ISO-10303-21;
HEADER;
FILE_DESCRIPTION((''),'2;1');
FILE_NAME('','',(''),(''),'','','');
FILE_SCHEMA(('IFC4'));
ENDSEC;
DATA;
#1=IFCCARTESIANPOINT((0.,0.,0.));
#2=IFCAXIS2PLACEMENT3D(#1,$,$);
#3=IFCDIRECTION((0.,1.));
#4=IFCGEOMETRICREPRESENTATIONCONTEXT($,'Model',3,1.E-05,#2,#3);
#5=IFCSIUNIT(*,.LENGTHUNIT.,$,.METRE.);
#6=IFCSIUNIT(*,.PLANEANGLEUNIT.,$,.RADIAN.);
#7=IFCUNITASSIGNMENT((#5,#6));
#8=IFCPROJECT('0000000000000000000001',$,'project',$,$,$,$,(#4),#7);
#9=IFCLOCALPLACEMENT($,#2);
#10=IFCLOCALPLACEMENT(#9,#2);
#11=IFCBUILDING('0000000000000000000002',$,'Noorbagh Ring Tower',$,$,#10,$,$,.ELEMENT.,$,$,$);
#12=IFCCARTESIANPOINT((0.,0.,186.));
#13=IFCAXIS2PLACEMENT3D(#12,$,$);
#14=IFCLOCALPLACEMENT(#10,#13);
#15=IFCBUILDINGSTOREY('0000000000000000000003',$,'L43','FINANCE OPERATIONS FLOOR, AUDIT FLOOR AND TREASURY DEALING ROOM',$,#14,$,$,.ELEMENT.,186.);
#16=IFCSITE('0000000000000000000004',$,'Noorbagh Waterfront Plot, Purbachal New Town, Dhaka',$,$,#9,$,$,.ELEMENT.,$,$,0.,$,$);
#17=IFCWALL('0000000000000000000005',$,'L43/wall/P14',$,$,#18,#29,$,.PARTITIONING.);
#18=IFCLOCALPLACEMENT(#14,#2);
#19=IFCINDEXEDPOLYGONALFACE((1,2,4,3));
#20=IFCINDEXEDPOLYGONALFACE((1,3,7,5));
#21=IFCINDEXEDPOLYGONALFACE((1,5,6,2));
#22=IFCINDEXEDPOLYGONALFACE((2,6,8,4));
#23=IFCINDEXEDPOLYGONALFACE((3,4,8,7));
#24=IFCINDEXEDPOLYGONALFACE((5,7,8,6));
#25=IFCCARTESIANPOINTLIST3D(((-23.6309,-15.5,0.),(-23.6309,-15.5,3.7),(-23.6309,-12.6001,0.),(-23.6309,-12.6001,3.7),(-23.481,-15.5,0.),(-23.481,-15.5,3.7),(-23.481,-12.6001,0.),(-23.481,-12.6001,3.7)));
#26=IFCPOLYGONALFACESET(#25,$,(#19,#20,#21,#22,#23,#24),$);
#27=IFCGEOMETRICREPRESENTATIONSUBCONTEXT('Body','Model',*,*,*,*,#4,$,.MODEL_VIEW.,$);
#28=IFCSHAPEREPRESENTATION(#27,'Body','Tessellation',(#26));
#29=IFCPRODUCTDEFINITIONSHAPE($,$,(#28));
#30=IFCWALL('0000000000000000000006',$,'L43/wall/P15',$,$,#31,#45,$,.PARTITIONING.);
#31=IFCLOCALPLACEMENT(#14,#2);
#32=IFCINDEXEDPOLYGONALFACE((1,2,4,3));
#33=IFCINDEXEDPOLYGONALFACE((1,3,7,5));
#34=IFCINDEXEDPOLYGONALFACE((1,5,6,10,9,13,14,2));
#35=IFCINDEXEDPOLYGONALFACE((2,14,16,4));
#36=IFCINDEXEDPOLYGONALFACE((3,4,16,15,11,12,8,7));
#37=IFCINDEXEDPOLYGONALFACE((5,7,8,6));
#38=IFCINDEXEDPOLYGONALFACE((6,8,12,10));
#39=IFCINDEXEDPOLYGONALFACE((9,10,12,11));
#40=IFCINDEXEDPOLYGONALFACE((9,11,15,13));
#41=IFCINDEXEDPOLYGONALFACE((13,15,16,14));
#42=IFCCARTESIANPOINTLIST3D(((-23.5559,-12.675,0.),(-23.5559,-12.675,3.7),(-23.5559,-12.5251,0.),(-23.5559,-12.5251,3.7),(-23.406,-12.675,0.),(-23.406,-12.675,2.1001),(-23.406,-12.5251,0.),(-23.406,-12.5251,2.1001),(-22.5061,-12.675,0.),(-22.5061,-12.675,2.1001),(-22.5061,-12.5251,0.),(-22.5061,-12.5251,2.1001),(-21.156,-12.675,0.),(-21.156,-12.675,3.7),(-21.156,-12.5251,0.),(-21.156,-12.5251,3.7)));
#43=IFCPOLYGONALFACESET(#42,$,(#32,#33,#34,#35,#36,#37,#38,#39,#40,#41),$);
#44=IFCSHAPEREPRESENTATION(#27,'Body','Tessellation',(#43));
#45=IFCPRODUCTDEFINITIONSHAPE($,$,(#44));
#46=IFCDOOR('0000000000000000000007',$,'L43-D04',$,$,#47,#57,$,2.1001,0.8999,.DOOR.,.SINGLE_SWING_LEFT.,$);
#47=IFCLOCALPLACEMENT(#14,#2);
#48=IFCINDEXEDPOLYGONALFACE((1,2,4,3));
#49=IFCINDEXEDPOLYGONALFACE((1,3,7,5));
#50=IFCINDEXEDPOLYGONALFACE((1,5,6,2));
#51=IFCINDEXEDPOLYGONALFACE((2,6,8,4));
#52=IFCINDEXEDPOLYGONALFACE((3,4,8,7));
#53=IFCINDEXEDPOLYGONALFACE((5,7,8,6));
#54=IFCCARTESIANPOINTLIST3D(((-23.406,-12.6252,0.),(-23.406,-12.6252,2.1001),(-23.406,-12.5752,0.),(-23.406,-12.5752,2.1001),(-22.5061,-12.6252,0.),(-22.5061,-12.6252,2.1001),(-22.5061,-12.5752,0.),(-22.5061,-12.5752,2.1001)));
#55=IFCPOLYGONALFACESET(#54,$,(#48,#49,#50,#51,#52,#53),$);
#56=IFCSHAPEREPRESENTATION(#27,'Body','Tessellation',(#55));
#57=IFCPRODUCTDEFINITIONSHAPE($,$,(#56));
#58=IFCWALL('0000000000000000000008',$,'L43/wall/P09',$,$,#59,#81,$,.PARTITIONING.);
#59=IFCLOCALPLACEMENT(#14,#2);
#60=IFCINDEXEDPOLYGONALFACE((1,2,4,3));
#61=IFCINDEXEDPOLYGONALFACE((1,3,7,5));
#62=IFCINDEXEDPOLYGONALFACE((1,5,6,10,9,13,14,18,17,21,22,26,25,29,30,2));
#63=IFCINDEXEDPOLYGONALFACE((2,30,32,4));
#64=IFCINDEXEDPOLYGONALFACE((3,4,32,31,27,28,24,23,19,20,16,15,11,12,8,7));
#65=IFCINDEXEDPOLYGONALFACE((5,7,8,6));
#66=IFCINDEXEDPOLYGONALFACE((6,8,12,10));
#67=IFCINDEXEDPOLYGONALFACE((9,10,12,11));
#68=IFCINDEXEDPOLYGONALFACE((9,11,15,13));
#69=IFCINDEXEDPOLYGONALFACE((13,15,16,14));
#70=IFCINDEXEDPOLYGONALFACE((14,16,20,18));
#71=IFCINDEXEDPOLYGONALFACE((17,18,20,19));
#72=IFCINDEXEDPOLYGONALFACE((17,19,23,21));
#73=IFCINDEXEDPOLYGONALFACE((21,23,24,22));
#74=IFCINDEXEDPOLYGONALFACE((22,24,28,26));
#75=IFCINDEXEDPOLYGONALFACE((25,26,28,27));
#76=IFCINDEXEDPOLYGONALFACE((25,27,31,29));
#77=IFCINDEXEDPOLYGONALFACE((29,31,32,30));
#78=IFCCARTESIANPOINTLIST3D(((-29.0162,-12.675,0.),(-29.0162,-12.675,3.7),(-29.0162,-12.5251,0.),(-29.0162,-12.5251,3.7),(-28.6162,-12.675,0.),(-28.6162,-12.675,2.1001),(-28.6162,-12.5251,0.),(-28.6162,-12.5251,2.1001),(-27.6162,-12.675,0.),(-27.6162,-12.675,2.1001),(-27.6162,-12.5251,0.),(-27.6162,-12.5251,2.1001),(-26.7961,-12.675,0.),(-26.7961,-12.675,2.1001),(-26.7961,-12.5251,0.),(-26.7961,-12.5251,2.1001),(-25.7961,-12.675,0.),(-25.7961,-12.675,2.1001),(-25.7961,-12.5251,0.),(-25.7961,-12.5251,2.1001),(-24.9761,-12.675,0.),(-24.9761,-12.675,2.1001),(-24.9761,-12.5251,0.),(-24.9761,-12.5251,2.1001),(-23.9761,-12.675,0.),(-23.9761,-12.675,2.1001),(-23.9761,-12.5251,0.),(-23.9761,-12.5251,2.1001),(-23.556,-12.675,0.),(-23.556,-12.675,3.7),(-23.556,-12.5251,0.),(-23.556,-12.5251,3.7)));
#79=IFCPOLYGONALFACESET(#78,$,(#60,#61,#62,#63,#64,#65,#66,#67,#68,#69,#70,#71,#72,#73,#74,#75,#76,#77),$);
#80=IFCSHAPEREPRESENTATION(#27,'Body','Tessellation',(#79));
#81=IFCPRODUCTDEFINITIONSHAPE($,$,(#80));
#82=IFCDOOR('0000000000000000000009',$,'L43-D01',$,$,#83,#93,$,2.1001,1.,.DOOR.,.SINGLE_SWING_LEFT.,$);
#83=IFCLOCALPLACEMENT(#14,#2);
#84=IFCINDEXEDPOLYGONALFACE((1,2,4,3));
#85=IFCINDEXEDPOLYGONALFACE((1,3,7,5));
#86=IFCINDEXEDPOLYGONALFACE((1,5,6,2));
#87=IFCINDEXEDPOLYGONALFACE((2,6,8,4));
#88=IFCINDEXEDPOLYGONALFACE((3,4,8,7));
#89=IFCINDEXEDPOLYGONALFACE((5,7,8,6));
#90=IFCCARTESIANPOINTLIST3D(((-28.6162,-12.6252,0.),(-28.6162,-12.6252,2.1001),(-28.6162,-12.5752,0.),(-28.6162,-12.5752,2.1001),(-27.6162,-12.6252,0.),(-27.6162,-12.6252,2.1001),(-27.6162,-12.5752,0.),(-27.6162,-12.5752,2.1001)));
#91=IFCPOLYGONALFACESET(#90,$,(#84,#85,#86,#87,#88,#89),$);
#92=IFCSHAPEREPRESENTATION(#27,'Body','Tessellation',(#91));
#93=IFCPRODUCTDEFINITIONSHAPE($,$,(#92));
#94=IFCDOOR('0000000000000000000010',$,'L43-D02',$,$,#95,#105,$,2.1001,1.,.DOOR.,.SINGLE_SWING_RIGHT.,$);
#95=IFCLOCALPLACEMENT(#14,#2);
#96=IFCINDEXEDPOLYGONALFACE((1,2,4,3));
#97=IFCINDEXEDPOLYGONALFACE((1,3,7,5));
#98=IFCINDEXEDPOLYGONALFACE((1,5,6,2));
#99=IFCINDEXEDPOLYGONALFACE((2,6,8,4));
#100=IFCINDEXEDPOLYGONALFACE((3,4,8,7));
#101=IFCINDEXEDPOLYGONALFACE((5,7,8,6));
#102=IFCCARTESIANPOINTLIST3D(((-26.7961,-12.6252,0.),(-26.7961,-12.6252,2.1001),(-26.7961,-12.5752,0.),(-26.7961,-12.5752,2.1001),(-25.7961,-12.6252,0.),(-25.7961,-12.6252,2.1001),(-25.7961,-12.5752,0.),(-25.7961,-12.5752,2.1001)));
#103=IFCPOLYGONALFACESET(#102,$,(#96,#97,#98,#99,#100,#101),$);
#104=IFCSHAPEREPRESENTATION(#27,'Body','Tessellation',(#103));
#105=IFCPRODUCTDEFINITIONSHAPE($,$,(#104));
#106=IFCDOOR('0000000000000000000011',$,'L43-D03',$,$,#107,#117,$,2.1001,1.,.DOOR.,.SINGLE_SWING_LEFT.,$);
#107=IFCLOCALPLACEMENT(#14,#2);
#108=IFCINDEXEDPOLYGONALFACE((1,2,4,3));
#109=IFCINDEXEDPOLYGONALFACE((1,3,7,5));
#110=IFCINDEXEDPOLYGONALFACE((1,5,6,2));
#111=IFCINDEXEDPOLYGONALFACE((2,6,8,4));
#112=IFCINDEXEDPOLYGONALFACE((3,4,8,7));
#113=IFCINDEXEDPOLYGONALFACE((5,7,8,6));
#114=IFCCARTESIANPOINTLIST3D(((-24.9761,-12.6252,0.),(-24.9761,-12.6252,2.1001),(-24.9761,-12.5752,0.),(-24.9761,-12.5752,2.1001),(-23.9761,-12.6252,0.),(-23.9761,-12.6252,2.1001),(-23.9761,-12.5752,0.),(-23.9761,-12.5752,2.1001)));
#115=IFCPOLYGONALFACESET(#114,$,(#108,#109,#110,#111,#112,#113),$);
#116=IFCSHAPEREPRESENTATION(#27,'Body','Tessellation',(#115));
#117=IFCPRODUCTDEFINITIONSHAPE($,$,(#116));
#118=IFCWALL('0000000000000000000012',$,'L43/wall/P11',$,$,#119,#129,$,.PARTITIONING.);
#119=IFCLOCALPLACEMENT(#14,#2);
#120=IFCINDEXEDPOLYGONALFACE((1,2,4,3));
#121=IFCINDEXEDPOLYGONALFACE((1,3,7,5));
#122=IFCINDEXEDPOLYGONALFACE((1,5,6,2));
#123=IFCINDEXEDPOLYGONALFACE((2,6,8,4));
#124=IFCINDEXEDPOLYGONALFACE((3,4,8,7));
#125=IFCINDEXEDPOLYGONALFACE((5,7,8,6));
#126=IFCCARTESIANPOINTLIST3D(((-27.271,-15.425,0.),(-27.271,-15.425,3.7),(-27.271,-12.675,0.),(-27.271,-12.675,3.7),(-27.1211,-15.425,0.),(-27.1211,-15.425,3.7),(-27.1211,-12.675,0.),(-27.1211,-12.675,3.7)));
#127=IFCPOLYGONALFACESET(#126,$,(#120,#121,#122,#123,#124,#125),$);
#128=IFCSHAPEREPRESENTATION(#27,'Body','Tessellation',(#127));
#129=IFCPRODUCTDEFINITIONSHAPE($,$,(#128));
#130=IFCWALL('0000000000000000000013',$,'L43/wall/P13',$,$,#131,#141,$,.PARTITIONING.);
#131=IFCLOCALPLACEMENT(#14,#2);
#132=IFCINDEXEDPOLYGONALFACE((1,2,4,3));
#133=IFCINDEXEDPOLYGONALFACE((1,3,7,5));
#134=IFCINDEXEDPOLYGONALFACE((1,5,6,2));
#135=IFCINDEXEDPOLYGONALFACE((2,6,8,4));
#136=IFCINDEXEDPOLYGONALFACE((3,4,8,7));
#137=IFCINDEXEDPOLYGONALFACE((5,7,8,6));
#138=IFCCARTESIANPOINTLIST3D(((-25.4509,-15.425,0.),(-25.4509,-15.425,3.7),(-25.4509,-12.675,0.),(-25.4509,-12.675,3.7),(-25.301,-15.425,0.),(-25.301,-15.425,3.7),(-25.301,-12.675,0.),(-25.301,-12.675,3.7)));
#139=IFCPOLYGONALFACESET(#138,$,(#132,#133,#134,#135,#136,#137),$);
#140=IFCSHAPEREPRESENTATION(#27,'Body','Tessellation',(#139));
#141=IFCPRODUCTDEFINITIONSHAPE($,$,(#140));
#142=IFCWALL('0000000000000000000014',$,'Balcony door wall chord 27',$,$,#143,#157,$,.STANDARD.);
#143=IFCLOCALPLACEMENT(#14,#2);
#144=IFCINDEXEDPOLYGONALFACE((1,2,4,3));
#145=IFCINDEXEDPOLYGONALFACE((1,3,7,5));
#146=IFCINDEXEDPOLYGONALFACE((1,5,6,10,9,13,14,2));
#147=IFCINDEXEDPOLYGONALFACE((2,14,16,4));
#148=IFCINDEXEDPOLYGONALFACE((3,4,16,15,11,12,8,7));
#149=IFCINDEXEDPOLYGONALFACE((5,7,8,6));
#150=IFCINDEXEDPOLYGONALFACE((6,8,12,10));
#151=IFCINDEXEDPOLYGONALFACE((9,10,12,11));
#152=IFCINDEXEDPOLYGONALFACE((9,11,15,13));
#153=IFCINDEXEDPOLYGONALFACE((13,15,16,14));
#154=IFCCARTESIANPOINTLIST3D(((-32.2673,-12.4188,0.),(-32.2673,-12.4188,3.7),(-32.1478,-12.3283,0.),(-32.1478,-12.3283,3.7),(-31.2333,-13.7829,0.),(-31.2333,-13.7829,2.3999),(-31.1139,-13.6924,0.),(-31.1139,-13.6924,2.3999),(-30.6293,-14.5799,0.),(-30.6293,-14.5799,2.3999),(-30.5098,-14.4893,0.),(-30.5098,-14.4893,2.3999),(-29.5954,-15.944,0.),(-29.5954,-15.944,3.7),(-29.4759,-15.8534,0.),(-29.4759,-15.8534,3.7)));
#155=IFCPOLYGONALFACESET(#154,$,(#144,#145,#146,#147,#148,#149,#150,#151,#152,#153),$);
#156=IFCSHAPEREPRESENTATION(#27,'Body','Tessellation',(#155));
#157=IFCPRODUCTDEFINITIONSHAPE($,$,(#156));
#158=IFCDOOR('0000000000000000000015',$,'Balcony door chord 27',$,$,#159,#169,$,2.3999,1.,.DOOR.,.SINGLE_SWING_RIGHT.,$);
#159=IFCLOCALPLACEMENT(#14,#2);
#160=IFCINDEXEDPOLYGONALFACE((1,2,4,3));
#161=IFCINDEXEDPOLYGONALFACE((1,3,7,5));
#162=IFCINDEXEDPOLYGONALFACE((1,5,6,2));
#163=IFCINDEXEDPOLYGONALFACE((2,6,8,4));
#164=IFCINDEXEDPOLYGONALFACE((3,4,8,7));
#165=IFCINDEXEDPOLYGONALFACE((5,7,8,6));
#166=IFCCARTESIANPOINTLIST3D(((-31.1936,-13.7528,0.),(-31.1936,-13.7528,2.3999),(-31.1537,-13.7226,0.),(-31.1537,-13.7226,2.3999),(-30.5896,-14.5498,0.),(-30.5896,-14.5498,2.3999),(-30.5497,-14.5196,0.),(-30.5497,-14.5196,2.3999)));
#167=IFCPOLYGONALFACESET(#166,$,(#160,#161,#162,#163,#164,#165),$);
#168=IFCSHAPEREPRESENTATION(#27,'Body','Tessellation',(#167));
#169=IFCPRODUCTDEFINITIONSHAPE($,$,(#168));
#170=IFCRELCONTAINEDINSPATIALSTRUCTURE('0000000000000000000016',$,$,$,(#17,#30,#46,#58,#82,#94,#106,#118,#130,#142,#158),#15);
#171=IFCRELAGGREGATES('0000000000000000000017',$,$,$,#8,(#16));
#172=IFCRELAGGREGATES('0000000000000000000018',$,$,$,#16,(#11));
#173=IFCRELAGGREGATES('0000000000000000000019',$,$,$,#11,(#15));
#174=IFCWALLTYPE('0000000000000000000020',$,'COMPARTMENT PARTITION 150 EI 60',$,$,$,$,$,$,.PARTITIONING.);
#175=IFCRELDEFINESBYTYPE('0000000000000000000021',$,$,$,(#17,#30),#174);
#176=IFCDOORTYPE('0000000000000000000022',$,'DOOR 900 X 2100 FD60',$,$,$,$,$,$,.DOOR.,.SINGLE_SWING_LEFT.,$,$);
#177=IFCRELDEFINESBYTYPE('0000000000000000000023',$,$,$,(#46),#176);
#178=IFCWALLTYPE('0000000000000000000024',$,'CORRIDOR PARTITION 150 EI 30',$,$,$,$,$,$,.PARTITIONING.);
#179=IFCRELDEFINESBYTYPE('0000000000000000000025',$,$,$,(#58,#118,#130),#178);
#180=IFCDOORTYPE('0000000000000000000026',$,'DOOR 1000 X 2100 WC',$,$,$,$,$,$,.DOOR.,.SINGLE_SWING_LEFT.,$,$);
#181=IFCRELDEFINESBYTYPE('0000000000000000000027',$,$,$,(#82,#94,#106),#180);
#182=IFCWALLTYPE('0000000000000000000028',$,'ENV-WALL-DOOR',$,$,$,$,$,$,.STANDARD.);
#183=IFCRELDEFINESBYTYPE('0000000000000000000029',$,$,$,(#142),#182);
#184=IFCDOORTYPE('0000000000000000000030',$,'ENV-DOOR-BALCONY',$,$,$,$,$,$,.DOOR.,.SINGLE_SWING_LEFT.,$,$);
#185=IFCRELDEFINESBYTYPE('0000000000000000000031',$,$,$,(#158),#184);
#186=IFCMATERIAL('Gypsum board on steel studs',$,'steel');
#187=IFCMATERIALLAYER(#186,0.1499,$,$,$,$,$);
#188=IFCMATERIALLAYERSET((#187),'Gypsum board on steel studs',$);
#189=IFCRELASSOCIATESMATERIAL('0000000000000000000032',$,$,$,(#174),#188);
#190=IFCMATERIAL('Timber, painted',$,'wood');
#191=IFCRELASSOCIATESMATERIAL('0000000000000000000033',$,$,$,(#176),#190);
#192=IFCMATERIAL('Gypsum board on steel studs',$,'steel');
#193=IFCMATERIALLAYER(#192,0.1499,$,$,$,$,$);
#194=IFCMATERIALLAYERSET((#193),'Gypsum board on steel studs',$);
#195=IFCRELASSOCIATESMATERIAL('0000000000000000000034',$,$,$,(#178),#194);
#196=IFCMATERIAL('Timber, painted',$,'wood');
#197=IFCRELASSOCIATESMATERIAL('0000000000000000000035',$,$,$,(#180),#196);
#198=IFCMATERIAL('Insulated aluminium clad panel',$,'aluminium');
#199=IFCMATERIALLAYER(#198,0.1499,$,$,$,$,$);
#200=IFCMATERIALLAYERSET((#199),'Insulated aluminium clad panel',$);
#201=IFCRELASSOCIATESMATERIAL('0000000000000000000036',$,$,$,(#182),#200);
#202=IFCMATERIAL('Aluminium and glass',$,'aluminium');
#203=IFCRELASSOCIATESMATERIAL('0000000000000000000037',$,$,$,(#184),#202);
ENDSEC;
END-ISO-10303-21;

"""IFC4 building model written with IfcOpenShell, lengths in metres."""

from ifc_helpers import new_model, si_unit, direction, frame, frame_2d, origin, place, context, subcontext, project, spatial, rectangle, extrude, material, layer, layer_set, type_object, element, fill, save


model = new_model("IFC4")

# Units and contexts
model_context = context("Model", 3, precision=1e-05, world=origin(), true_north=direction((0.0, 1.0)))
body_context = subcontext(model_context, "Body", "Model", "MODEL_VIEW")
ifc_project = project(units=[si_unit("LENGTHUNIT", "METRE"), si_unit("PLANEANGLEUNIT", "RADIAN")], contexts=[model_context])

# Site, building, storey
site_placement = place(None, origin())
site = spatial("IfcSite", under=ifc_project, at=site_placement, Name="Noorbagh Waterfront Plot, Purbachal New Town, Dhaka", CompositionType="ELEMENT", RefElevation=0.0)
building_placement = place(site_placement, origin())
building = spatial("IfcBuilding", under=site, at=building_placement, Name="Noorbagh Ring Tower", CompositionType="ELEMENT")
storey_placement = place(building_placement, frame((0.0, 0.0, 186.0)))
storey = spatial("IfcBuildingStorey", under=building, at=storey_placement, Name="L43", Description="FINANCE OPERATIONS FLOOR, AUDIT FLOOR AND TREASURY DEALING ROOM", CompositionType="ELEMENT", Elevation=186.0)

# Shared definitions
ifc_material_1 = material(Name="Gypsum board on steel studs", Category="steel")
ifc_layer_1 = layer(ifc_material_1, 0.1499)
ifc_layer_set_1 = layer_set([ifc_layer_1], Name="Gypsum board on steel studs")
wall_type_1 = type_object("IfcWallType", Name="COMPARTMENT PARTITION 150 EI 60", PredefinedType="PARTITIONING", material=ifc_layer_set_1)
ifc_material_2 = material(Name="Timber, painted", Category="wood")
door_type_1 = type_object("IfcDoorType", Name="DOOR 900 X 2100 FD60", OperationType="SINGLE_SWING_LEFT", PredefinedType="DOOR", material=ifc_material_2)

# Wall
wall_1_placement = place(storey_placement, frame((-23.5559, -15.5, 0.0), z_axis=(0.0, 0.0, 1.0), x_axis=(0.0, 1.0, 0.0)))
element("IfcWall", 1, at=wall_1_placement, inside=storey, type_object=wall_type_1, Name="L43/wall/P14", PredefinedType="PARTITIONING", context=body_context, shape_type="SweptSolid", body=[
    extrude(rectangle(XDim=2.8999, YDim=0.1499, at=frame_2d((1.45, 0.0))), origin(), (0.0, 0.0, 1.0), 3.7),
])

# Wall, opening, door
wall_2_placement = place(storey_placement, frame((-23.5559, -12.6001, 0.0), z_axis=(0.0, 0.0, 1.0), x_axis=(1.0, 0.0, 0.0)))
wall_2 = element("IfcWall", 2, at=wall_2_placement, inside=storey, type_object=wall_type_1, Name="L43/wall/P15", PredefinedType="PARTITIONING", context=body_context, shape_type="SweptSolid", body=[
    extrude(rectangle(XDim=2.3999, YDim=0.1499, at=frame_2d((1.2, 0.0))), origin(), (0.0, 0.0, 1.0), 3.7),
])
opening_1_placement = place(wall_2_placement, frame((0.1499, 0.0, 0.0)))
opening_1 = element("IfcOpeningElement", 3, at=opening_1_placement, cuts=wall_2, PredefinedType="OPENING", context=body_context, shape_type="SweptSolid", body=[
    extrude(rectangle(XDim=0.8999, YDim=2.1001, at=frame_2d((0.45, 1.05))), frame((0.0, 0.085, 0.0), z_axis=(0.0, -1.0, 0.0), x_axis=(1.0, 0.0, 0.0)), (0.0, 0.0, 1.0), 0.1699),
])
door_1_placement = place(opening_1_placement, origin())
door_1 = element("IfcDoor", 4, at=door_1_placement, inside=storey, type_object=door_type_1, Name="L43-D04", OperationType="SINGLE_SWING_LEFT", OverallHeight=2.1001, OverallWidth=0.8999, PredefinedType="DOOR", context=body_context, shape_type="SweptSolid", body=[
    extrude(rectangle(XDim=0.8999, YDim=2.1001, at=frame_2d((0.45, 1.05))), frame((0.0, 0.0249, 0.0), z_axis=(0.0, -1.0, 0.0), x_axis=(1.0, 0.0, 0.0)), (0.0, 0.0, 1.0), 0.05),
])
fill(opening_1, door_1)

# Wall, openings, doors
ifc_material_3 = material(Name="Gypsum board on steel studs", Category="steel")
ifc_layer_2 = layer(ifc_material_3, 0.1499)
ifc_layer_set_2 = layer_set([ifc_layer_2], Name="Gypsum board on steel studs")
wall_type_2 = type_object("IfcWallType", Name="CORRIDOR PARTITION 150 EI 30", PredefinedType="PARTITIONING", material=ifc_layer_set_2)
wall_3_placement = place(storey_placement, frame((-29.0161, -12.6001, 0.0), z_axis=(0.0, 0.0, 1.0), x_axis=(1.0, 0.0, 0.0)))
wall_3 = element("IfcWall", 5, at=wall_3_placement, inside=storey, type_object=wall_type_2, Name="L43/wall/P09", PredefinedType="PARTITIONING", context=body_context, shape_type="SweptSolid", body=[
    extrude(rectangle(XDim=5.4602, YDim=0.1499, at=frame_2d((2.73, 0.0))), origin(), (0.0, 0.0, 1.0), 3.7),
])
opening_2_placement = place(wall_3_placement, frame((0.3999, 0.0, 0.0)))
opening_2 = element("IfcOpeningElement", 6, at=opening_2_placement, cuts=wall_3, PredefinedType="OPENING", context=body_context, shape_type="SweptSolid", body=[
    extrude(rectangle(XDim=1.0, YDim=2.1001, at=frame_2d((0.5, 1.05))), frame((0.0, 0.085, 0.0), z_axis=(0.0, -1.0, 0.0), x_axis=(1.0, 0.0, 0.0)), (0.0, 0.0, 1.0), 0.1699),
])
opening_3_placement = place(wall_3_placement, frame((2.22, 0.0, 0.0)))
opening_3 = element("IfcOpeningElement", 7, at=opening_3_placement, cuts=wall_3, PredefinedType="OPENING", context=body_context, shape_type="SweptSolid", body=[
    extrude(rectangle(XDim=1.0, YDim=2.1001, at=frame_2d((0.5, 1.05))), frame((0.0, 0.085, 0.0), z_axis=(0.0, -1.0, 0.0), x_axis=(1.0, 0.0, 0.0)), (0.0, 0.0, 1.0), 0.1699),
])
opening_4_placement = place(wall_3_placement, frame((4.04, 0.0, 0.0)))
opening_4 = element("IfcOpeningElement", 8, at=opening_4_placement, cuts=wall_3, PredefinedType="OPENING", context=body_context, shape_type="SweptSolid", body=[
    extrude(rectangle(XDim=1.0, YDim=2.1001, at=frame_2d((0.5, 1.05))), frame((0.0, 0.085, 0.0), z_axis=(0.0, -1.0, 0.0), x_axis=(1.0, 0.0, 0.0)), (0.0, 0.0, 1.0), 0.1699),
])
ifc_material_4 = material(Name="Timber, painted", Category="wood")
door_type_2 = type_object("IfcDoorType", Name="DOOR 1000 X 2100 WC", OperationType="SINGLE_SWING_LEFT", PredefinedType="DOOR", material=ifc_material_4)
door_2_placement = place(opening_2_placement, origin())
door_2 = element("IfcDoor", 9, at=door_2_placement, inside=storey, type_object=door_type_2, Name="L43-D01", OperationType="SINGLE_SWING_LEFT", OverallHeight=2.1001, OverallWidth=1.0, PredefinedType="DOOR", context=body_context, shape_type="SweptSolid", body=[
    extrude(rectangle(XDim=1.0, YDim=2.1001, at=frame_2d((0.5, 1.05))), frame((0.0, 0.0249, 0.0), z_axis=(0.0, -1.0, 0.0), x_axis=(1.0, 0.0, 0.0)), (0.0, 0.0, 1.0), 0.05),
])
fill(opening_2, door_2)
door_3_placement = place(opening_3_placement, origin())
door_3 = element("IfcDoor", 10, at=door_3_placement, inside=storey, type_object=door_type_2, Name="L43-D02", OperationType="SINGLE_SWING_RIGHT", OverallHeight=2.1001, OverallWidth=1.0, PredefinedType="DOOR", context=body_context, shape_type="SweptSolid", body=[
    extrude(rectangle(XDim=1.0, YDim=2.1001, at=frame_2d((0.5, 1.05))), frame((0.0, 0.0249, 0.0), z_axis=(0.0, -1.0, 0.0), x_axis=(1.0, 0.0, 0.0)), (0.0, 0.0, 1.0), 0.05),
])
fill(opening_3, door_3)
door_4_placement = place(opening_4_placement, origin())
door_4 = element("IfcDoor", 11, at=door_4_placement, inside=storey, type_object=door_type_2, Name="L43-D03", OperationType="SINGLE_SWING_LEFT", OverallHeight=2.1001, OverallWidth=1.0, PredefinedType="DOOR", context=body_context, shape_type="SweptSolid", body=[
    extrude(rectangle(XDim=1.0, YDim=2.1001, at=frame_2d((0.5, 1.05))), frame((0.0, 0.0249, 0.0), z_axis=(0.0, -1.0, 0.0), x_axis=(1.0, 0.0, 0.0)), (0.0, 0.0, 1.0), 0.05),
])
fill(opening_4, door_4)

# Walls
for number, where, z_axis, x_axis, name in (
    (12, (-27.196, -15.425, 0.0), (0.0, 0.0, 1.0), (0.0, 1.0, 0.0), "L43/wall/P11"),
    (13, (-25.376, -15.425, 0.0), (0.0, 0.0, 1.0), (0.0, 1.0, 0.0), "L43/wall/P13"),
):
    element("IfcWall", number, at=place(storey_placement, frame(where, z_axis=z_axis, x_axis=x_axis)), inside=storey, type_object=wall_type_2, Name=name, PredefinedType="PARTITIONING", context=body_context, shape_type="SweptSolid", body=[
        extrude(rectangle(XDim=2.75, YDim=0.1499, at=frame_2d((1.375, 0.0))), origin(), (0.0, 0.0, 1.0), 3.7),
    ])

# Wall, opening, door
ifc_material_5 = material(Name="Insulated aluminium clad panel", Category="aluminium")
ifc_layer_3 = layer(ifc_material_5, 0.1499)
ifc_layer_set_3 = layer_set([ifc_layer_3], Name="Insulated aluminium clad panel")
wall_type_3 = type_object("IfcWallType", Name="ENV-WALL-DOOR", PredefinedType="STANDARD", material=ifc_layer_set_3)
wall_4_placement = place(storey_placement, frame((-32.2075, -12.3735, 0.0), z_axis=(0.0, 0.0, 1.0), x_axis=(0.604046, -0.79695, 0.0)))
wall_4 = element("IfcWall", 14, at=wall_4_placement, inside=storey, type_object=wall_type_3, Name="Balcony door wall chord 27", PredefinedType="STANDARD", context=body_context, shape_type="SweptSolid", body=[
    extrude(rectangle(XDim=4.4233, YDim=0.1499, at=frame_2d((2.2117, 0.0))), origin(), (0.0, 0.0, 1.0), 3.7),
])
opening_5_placement = place(wall_4_placement, frame((1.7117, 0.0, 0.0)))
opening_5 = element("IfcOpeningElement", 15, at=opening_5_placement, cuts=wall_4, PredefinedType="OPENING", context=body_context, shape_type="SweptSolid", body=[
    extrude(rectangle(XDim=1.0, YDim=2.3999, at=frame_2d((0.5, 1.2))), frame((0.0, 0.085, 0.0), z_axis=(0.0, -1.0, 0.0), x_axis=(1.0, 0.0, 0.0)), (0.0, 0.0, 1.0), 0.1699),
])
ifc_material_6 = material(Name="Aluminium and glass", Category="aluminium")
door_type_3 = type_object("IfcDoorType", Name="ENV-DOOR-BALCONY", OperationType="SINGLE_SWING_LEFT", PredefinedType="DOOR", material=ifc_material_6)
door_5_placement = place(opening_5_placement, origin())
door_5 = element("IfcDoor", 16, at=door_5_placement, inside=storey, type_object=door_type_3, Name="Balcony door chord 27", OperationType="SINGLE_SWING_RIGHT", OverallHeight=2.3999, OverallWidth=1.0, PredefinedType="DOOR", context=body_context, shape_type="SweptSolid", body=[
    extrude(rectangle(XDim=1.0, YDim=2.3999, at=frame_2d((0.5, 1.2))), frame((0.0, 0.0249, 0.0), z_axis=(0.0, -1.0, 0.0), x_axis=(1.0, 0.0, 0.0)), (0.0, 0.0, 1.0), 0.05),
])
fill(opening_5, door_5)

save(model, "model.ifc")
